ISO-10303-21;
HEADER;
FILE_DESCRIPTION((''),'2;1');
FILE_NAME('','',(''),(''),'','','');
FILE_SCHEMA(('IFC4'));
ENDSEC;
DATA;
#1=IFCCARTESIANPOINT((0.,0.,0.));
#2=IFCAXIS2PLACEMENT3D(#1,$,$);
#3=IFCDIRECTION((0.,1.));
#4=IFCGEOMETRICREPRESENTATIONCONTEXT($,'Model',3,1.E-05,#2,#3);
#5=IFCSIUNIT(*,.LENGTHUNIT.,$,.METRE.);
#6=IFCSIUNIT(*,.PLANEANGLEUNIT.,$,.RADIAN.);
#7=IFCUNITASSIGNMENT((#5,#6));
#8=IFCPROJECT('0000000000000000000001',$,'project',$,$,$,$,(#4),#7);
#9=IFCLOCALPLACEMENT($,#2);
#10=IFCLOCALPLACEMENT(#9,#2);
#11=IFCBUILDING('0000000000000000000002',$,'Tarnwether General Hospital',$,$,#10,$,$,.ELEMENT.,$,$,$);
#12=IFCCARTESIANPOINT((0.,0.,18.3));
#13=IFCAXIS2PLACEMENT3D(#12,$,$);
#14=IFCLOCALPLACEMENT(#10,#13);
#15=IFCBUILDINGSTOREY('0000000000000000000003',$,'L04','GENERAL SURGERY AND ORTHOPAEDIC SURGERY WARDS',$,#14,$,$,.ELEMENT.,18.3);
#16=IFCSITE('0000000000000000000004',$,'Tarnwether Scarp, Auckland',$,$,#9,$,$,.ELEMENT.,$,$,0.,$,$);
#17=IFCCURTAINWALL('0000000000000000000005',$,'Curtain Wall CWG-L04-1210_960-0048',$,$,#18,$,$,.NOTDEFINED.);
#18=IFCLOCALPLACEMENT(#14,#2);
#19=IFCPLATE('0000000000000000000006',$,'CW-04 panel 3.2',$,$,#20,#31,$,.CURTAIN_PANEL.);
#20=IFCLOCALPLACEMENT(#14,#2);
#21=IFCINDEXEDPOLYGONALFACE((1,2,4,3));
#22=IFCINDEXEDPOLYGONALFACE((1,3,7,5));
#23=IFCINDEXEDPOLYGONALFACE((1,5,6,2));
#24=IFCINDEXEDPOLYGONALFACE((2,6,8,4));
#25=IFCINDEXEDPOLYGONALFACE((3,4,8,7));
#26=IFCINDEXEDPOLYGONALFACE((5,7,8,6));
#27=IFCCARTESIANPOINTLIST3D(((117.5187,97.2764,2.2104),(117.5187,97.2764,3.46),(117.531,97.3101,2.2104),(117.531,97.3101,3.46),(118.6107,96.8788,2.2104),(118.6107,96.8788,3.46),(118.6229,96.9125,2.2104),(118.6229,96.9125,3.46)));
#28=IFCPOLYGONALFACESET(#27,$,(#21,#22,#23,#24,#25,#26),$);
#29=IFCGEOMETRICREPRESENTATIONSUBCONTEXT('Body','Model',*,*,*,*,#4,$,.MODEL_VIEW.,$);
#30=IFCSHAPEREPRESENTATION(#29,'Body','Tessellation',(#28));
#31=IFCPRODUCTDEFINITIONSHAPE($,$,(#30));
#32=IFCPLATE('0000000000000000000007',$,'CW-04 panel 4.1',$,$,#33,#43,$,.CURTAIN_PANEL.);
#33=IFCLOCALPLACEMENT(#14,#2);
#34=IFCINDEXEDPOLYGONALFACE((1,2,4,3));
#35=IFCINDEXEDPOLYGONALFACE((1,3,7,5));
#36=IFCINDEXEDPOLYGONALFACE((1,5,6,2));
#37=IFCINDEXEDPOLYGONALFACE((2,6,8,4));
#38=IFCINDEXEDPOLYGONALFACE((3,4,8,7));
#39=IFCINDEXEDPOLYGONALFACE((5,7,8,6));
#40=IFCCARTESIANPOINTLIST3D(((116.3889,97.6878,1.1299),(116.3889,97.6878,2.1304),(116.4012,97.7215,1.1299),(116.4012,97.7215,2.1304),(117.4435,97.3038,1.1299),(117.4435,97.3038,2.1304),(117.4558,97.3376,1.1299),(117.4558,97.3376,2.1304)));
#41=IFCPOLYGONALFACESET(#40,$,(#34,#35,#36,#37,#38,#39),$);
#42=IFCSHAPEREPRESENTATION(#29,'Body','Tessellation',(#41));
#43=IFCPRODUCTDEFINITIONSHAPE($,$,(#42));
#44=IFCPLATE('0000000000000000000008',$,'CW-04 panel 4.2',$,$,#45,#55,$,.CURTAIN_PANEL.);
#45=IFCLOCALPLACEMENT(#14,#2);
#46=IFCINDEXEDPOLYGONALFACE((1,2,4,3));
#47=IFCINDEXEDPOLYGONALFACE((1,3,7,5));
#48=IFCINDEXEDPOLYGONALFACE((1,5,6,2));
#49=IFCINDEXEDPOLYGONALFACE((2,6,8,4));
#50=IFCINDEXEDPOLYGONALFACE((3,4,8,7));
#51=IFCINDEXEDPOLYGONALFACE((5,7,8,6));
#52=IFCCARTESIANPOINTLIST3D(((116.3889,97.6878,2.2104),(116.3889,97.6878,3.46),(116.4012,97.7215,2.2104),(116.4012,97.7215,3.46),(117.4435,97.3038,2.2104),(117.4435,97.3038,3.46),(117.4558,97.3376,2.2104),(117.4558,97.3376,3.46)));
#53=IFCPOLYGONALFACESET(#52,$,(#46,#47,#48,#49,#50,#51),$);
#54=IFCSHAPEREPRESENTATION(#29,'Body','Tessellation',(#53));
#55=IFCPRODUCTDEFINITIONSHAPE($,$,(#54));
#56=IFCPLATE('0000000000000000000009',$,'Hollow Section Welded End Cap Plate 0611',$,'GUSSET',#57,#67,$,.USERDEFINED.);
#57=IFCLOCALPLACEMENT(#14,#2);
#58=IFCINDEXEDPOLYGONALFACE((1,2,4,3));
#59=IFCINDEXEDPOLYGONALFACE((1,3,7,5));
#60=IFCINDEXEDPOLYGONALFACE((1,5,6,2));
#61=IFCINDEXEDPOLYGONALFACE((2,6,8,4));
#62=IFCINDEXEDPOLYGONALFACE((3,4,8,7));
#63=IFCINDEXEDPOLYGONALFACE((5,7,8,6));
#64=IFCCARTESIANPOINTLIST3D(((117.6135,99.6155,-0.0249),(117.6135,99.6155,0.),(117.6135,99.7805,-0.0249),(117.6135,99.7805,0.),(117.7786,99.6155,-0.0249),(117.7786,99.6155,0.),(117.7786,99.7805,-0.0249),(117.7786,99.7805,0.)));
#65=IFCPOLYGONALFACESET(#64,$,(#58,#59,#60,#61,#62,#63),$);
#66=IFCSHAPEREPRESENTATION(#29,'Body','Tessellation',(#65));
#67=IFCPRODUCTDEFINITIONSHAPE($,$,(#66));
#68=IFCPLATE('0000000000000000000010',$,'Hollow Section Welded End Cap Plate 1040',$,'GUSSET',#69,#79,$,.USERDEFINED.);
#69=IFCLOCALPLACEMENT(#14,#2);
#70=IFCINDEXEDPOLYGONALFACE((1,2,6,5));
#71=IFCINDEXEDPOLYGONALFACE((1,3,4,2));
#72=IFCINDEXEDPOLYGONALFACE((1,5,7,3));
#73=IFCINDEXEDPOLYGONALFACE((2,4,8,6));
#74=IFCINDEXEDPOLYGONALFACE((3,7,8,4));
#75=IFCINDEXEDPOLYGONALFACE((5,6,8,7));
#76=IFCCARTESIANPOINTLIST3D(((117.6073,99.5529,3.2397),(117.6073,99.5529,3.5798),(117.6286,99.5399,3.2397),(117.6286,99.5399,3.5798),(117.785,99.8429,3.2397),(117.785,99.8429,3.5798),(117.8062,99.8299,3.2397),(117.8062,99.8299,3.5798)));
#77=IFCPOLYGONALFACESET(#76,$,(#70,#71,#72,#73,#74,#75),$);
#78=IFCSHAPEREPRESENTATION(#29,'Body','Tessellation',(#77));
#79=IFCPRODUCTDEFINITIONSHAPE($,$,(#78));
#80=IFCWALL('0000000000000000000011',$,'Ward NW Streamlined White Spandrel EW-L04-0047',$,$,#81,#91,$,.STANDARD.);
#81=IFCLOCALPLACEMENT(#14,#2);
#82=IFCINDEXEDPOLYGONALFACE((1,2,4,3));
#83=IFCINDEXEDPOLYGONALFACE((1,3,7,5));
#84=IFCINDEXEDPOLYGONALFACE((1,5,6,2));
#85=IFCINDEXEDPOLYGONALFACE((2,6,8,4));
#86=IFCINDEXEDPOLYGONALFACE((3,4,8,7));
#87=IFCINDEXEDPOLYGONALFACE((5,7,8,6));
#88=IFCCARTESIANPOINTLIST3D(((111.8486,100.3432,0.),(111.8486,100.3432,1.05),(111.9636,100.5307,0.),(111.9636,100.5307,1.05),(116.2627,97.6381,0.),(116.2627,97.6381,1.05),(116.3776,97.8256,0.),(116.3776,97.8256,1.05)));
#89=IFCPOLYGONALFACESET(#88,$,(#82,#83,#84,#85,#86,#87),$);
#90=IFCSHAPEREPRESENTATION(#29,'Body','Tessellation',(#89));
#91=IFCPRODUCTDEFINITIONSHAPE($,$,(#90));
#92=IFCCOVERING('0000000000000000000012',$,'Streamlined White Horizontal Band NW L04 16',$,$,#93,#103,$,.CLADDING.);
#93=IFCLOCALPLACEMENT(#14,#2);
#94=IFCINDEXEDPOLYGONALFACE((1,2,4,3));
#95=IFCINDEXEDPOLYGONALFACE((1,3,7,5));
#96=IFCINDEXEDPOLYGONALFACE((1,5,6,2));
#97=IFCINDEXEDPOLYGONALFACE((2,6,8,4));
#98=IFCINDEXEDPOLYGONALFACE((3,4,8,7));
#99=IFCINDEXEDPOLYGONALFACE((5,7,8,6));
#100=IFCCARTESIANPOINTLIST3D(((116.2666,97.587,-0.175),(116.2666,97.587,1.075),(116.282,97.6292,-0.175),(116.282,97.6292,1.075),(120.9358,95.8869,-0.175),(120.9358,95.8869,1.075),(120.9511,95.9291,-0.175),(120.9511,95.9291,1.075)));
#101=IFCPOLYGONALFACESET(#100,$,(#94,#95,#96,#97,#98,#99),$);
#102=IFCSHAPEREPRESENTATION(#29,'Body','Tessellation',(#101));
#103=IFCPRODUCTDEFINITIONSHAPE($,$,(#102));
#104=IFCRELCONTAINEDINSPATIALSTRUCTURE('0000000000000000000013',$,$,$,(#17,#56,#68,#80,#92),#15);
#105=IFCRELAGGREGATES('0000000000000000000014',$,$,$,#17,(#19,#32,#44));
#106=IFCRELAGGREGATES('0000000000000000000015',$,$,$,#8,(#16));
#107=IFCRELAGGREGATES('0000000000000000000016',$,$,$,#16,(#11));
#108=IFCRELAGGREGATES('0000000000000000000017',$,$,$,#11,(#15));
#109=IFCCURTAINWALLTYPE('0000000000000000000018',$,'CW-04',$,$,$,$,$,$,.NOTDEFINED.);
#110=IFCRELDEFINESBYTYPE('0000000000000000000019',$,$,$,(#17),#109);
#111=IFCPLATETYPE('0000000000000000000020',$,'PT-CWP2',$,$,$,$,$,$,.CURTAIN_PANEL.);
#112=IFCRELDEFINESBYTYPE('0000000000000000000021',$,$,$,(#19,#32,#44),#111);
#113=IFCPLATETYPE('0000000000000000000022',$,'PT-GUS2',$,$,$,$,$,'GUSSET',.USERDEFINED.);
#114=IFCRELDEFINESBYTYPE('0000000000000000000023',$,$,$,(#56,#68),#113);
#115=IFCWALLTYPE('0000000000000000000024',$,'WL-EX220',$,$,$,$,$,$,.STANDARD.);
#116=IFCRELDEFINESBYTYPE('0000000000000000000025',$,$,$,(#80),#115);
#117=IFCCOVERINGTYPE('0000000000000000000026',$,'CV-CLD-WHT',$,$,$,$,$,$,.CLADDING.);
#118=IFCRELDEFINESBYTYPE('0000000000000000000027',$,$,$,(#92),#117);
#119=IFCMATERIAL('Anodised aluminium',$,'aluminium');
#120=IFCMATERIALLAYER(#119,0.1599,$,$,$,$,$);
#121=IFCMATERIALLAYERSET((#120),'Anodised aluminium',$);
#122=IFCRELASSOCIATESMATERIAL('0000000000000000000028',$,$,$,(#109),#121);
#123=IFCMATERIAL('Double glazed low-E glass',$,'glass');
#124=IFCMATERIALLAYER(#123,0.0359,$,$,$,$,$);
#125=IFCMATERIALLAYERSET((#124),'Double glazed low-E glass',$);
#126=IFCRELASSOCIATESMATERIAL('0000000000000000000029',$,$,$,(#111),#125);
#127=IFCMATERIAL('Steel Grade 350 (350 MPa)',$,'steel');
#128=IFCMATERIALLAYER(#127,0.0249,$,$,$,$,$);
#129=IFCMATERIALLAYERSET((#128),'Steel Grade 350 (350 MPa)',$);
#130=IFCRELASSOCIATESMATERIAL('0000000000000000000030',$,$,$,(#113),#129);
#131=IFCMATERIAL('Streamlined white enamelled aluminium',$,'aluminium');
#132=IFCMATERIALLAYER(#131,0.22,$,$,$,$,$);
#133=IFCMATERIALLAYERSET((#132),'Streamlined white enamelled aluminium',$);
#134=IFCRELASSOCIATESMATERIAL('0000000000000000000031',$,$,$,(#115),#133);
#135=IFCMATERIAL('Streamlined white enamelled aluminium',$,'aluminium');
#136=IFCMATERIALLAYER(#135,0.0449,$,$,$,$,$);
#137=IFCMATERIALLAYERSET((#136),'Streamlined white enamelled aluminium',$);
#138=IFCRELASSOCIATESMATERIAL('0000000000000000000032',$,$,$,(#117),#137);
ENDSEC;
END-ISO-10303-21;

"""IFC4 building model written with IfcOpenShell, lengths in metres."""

from ifc_helpers import new_model, si_unit, direction, frame, frame_2d, origin, origin_2d, place, context, subcontext, project, spatial, rectangle, extrude, material, layer, layer_set, type_object, element, aggregate, save


model = new_model("IFC4")

# Units and contexts
model_context = context("Model", 3, precision=1e-05, world=origin(), true_north=direction((0.0, 1.0)))
body_context = subcontext(model_context, "Body", "Model", "MODEL_VIEW")
ifc_project = project(units=[si_unit("LENGTHUNIT", "METRE"), si_unit("PLANEANGLEUNIT", "RADIAN")], contexts=[model_context])

# Site, building, storey
site_placement = place(None, origin())
site = spatial("IfcSite", under=ifc_project, at=site_placement, Name="Tarnwether Scarp, Auckland", CompositionType="ELEMENT", RefElevation=0.0)
building_placement = place(site_placement, origin())
building = spatial("IfcBuilding", under=site, at=building_placement, Name="Tarnwether General Hospital", CompositionType="ELEMENT")
storey_placement = place(building_placement, frame((0.0, 0.0, 18.3)))
storey = spatial("IfcBuildingStorey", under=building, at=storey_placement, Name="L04", Description="GENERAL SURGERY AND ORTHOPAEDIC SURGERY WARDS", CompositionType="ELEMENT", Elevation=18.3)

# Curtain wall
ifc_material_1 = material(Name="Anodised aluminium", Category="aluminium")
ifc_layer_1 = layer(ifc_material_1, 0.1599)
ifc_layer_set_1 = layer_set([ifc_layer_1], Name="Anodised aluminium")
curtain_wall_type = type_object("IfcCurtainWallType", Name="CW-04", PredefinedType="NOTDEFINED", material=ifc_layer_set_1)
curtain_wall_1_placement = place(storey_placement, origin())
curtain_wall_1 = element("IfcCurtainWall", 1, at=curtain_wall_1_placement, inside=storey, type_object=curtain_wall_type, Name="Curtain Wall CWG-L04-1210_960-0048", PredefinedType="NOTDEFINED")

# Plates
ifc_material_2 = material(Name="Double glazed low-E glass", Category="glass")
ifc_layer_2 = layer(ifc_material_2, 0.0359)
ifc_layer_set_2 = layer_set([ifc_layer_2], Name="Double glazed low-E glass")
plate_type_1 = type_object("IfcPlateType", Name="PT-CWP2", PredefinedType="CURTAIN_PANEL", material=ifc_layer_set_2)
plate_1_placement = place(storey_placement, frame((118.0708, 97.0945, 2.2104), z_axis=(0.0, 0.0, 1.0), x_axis=(-0.939652, 0.342131, 0.0)))
plate_1 = element("IfcPlate", 2, at=plate_1_placement, type_object=plate_type_1, Name="CW-04 panel 3.2", PredefinedType="CURTAIN_PANEL", context=body_context, shape_type="SweptSolid", body=[
    extrude(rectangle(XDim=1.1621, YDim=0.0359, at=origin_2d()), origin(), (0.0, 0.0, 1.0), 1.2495),
])
plate_2_placement = place(storey_placement, frame((116.9224, 97.5127, 1.1299), z_axis=(0.0, 0.0, 1.0), x_axis=(-0.939652, 0.342131, 0.0)))
plate_2 = element("IfcPlate", 3, at=plate_2_placement, type_object=plate_type_1, Name="CW-04 panel 4.1", PredefinedType="CURTAIN_PANEL", context=body_context, shape_type="SweptSolid", body=[
    extrude(rectangle(XDim=1.1223, YDim=0.0359, at=origin_2d()), origin(), (0.0, 0.0, 1.0), 1.0005),
])
plate_3_placement = place(storey_placement, frame((116.9224, 97.5127, 2.2104), z_axis=(0.0, 0.0, 1.0), x_axis=(-0.939652, 0.342131, 0.0)))
plate_3 = element("IfcPlate", 4, at=plate_3_placement, type_object=plate_type_1, Name="CW-04 panel 4.2", PredefinedType="CURTAIN_PANEL", context=body_context, shape_type="SweptSolid", body=[
    extrude(rectangle(XDim=1.1223, YDim=0.0359, at=origin_2d()), origin(), (0.0, 0.0, 1.0), 1.2495),
])
aggregate(curtain_wall_1, [plate_1, plate_2, plate_3])

# Plates
ifc_material_3 = material(Name="Steel Grade 350 (350 MPa)", Category="steel")
ifc_layer_3 = layer(ifc_material_3, 0.0249)
ifc_layer_set_3 = layer_set([ifc_layer_3], Name="Steel Grade 350 (350 MPa)")
plate_type_2 = type_object("IfcPlateType", Name="PT-GUS2", ElementType="GUSSET", PredefinedType="USERDEFINED", material=ifc_layer_set_3)
plate_4_placement = place(storey_placement, frame((117.696, 99.698, -0.0249), z_axis=(0.0, 0.0, 1.0), x_axis=(1.0, 0.0, 0.0)))
element("IfcPlate", 5, at=plate_4_placement, inside=storey, type_object=plate_type_2, Name="Hollow Section Welded End Cap Plate 0611", ObjectType="GUSSET", PredefinedType="USERDEFINED", context=body_context, shape_type="SweptSolid", body=[
    extrude(rectangle(XDim=0.165, YDim=0.165, at=origin_2d()), origin(), (0.0, 0.0, 1.0), 0.0249),
])
plate_5_placement = place(storey_placement, frame((117.7068, 99.6914, 3.2397), z_axis=(0.0, 0.0, 1.0), x_axis=(0.852649, -0.522484, 0.0)))
element("IfcPlate", 6, at=plate_5_placement, inside=storey, type_object=plate_type_2, Name="Hollow Section Welded End Cap Plate 1040", ObjectType="GUSSET", PredefinedType="USERDEFINED", context=body_context, shape_type="SweptSolid", body=[
    extrude(rectangle(XDim=0.0249, YDim=0.3401, at=origin_2d()), origin(), (0.0, 0.0, 1.0), 0.3401),
])

# Wall
ifc_material_4 = material(Name="Streamlined white enamelled aluminium", Category="aluminium")
ifc_layer_4 = layer(ifc_material_4, 0.22)
ifc_layer_set_4 = layer_set([ifc_layer_4], Name="Streamlined white enamelled aluminium")
wall_type = type_object("IfcWallType", Name="WL-EX220", PredefinedType="STANDARD", material=ifc_layer_set_4)
wall_placement = place(storey_placement, frame((116.3201, 97.7319, 0.0), z_axis=(0.0, 0.0, 1.0), x_axis=(-0.852628, 0.522518, 0.0)))
element("IfcWall", 7, at=wall_placement, inside=storey, type_object=wall_type, Name="Ward NW Streamlined White Spandrel EW-L04-0047", PredefinedType="STANDARD", context=body_context, shape_type="SweptSolid", body=[
    extrude(rectangle(XDim=5.177, YDim=0.22, at=frame_2d((2.5884, 0.0))), origin(), (0.0, 0.0, 1.0), 1.05),
])

# Covering
ifc_material_5 = material(Name="Streamlined white enamelled aluminium", Category="aluminium")
ifc_layer_5 = layer(ifc_material_5, 0.0449)
ifc_layer_set_5 = layer_set([ifc_layer_5], Name="Streamlined white enamelled aluminium")
covering_type = type_object("IfcCoveringType", Name="CV-CLD-WHT", PredefinedType="CLADDING", material=ifc_layer_set_5)
covering_placement = place(storey_placement, frame((118.6089, 96.7581, -0.175), z_axis=(0.0, 0.0, 1.0), x_axis=(-0.939651, 0.342135, 0.0)))
element("IfcCovering", 8, at=covering_placement, inside=storey, type_object=covering_type, Name="Streamlined White Horizontal Band NW L04 16", PredefinedType="CLADDING", context=body_context, shape_type="SweptSolid", body=[
    extrude(rectangle(XDim=4.969, YDim=0.0449, at=origin_2d()), origin(), (0.0, 0.0, 1.0), 1.25),
])

save(model, "model.ifc")
